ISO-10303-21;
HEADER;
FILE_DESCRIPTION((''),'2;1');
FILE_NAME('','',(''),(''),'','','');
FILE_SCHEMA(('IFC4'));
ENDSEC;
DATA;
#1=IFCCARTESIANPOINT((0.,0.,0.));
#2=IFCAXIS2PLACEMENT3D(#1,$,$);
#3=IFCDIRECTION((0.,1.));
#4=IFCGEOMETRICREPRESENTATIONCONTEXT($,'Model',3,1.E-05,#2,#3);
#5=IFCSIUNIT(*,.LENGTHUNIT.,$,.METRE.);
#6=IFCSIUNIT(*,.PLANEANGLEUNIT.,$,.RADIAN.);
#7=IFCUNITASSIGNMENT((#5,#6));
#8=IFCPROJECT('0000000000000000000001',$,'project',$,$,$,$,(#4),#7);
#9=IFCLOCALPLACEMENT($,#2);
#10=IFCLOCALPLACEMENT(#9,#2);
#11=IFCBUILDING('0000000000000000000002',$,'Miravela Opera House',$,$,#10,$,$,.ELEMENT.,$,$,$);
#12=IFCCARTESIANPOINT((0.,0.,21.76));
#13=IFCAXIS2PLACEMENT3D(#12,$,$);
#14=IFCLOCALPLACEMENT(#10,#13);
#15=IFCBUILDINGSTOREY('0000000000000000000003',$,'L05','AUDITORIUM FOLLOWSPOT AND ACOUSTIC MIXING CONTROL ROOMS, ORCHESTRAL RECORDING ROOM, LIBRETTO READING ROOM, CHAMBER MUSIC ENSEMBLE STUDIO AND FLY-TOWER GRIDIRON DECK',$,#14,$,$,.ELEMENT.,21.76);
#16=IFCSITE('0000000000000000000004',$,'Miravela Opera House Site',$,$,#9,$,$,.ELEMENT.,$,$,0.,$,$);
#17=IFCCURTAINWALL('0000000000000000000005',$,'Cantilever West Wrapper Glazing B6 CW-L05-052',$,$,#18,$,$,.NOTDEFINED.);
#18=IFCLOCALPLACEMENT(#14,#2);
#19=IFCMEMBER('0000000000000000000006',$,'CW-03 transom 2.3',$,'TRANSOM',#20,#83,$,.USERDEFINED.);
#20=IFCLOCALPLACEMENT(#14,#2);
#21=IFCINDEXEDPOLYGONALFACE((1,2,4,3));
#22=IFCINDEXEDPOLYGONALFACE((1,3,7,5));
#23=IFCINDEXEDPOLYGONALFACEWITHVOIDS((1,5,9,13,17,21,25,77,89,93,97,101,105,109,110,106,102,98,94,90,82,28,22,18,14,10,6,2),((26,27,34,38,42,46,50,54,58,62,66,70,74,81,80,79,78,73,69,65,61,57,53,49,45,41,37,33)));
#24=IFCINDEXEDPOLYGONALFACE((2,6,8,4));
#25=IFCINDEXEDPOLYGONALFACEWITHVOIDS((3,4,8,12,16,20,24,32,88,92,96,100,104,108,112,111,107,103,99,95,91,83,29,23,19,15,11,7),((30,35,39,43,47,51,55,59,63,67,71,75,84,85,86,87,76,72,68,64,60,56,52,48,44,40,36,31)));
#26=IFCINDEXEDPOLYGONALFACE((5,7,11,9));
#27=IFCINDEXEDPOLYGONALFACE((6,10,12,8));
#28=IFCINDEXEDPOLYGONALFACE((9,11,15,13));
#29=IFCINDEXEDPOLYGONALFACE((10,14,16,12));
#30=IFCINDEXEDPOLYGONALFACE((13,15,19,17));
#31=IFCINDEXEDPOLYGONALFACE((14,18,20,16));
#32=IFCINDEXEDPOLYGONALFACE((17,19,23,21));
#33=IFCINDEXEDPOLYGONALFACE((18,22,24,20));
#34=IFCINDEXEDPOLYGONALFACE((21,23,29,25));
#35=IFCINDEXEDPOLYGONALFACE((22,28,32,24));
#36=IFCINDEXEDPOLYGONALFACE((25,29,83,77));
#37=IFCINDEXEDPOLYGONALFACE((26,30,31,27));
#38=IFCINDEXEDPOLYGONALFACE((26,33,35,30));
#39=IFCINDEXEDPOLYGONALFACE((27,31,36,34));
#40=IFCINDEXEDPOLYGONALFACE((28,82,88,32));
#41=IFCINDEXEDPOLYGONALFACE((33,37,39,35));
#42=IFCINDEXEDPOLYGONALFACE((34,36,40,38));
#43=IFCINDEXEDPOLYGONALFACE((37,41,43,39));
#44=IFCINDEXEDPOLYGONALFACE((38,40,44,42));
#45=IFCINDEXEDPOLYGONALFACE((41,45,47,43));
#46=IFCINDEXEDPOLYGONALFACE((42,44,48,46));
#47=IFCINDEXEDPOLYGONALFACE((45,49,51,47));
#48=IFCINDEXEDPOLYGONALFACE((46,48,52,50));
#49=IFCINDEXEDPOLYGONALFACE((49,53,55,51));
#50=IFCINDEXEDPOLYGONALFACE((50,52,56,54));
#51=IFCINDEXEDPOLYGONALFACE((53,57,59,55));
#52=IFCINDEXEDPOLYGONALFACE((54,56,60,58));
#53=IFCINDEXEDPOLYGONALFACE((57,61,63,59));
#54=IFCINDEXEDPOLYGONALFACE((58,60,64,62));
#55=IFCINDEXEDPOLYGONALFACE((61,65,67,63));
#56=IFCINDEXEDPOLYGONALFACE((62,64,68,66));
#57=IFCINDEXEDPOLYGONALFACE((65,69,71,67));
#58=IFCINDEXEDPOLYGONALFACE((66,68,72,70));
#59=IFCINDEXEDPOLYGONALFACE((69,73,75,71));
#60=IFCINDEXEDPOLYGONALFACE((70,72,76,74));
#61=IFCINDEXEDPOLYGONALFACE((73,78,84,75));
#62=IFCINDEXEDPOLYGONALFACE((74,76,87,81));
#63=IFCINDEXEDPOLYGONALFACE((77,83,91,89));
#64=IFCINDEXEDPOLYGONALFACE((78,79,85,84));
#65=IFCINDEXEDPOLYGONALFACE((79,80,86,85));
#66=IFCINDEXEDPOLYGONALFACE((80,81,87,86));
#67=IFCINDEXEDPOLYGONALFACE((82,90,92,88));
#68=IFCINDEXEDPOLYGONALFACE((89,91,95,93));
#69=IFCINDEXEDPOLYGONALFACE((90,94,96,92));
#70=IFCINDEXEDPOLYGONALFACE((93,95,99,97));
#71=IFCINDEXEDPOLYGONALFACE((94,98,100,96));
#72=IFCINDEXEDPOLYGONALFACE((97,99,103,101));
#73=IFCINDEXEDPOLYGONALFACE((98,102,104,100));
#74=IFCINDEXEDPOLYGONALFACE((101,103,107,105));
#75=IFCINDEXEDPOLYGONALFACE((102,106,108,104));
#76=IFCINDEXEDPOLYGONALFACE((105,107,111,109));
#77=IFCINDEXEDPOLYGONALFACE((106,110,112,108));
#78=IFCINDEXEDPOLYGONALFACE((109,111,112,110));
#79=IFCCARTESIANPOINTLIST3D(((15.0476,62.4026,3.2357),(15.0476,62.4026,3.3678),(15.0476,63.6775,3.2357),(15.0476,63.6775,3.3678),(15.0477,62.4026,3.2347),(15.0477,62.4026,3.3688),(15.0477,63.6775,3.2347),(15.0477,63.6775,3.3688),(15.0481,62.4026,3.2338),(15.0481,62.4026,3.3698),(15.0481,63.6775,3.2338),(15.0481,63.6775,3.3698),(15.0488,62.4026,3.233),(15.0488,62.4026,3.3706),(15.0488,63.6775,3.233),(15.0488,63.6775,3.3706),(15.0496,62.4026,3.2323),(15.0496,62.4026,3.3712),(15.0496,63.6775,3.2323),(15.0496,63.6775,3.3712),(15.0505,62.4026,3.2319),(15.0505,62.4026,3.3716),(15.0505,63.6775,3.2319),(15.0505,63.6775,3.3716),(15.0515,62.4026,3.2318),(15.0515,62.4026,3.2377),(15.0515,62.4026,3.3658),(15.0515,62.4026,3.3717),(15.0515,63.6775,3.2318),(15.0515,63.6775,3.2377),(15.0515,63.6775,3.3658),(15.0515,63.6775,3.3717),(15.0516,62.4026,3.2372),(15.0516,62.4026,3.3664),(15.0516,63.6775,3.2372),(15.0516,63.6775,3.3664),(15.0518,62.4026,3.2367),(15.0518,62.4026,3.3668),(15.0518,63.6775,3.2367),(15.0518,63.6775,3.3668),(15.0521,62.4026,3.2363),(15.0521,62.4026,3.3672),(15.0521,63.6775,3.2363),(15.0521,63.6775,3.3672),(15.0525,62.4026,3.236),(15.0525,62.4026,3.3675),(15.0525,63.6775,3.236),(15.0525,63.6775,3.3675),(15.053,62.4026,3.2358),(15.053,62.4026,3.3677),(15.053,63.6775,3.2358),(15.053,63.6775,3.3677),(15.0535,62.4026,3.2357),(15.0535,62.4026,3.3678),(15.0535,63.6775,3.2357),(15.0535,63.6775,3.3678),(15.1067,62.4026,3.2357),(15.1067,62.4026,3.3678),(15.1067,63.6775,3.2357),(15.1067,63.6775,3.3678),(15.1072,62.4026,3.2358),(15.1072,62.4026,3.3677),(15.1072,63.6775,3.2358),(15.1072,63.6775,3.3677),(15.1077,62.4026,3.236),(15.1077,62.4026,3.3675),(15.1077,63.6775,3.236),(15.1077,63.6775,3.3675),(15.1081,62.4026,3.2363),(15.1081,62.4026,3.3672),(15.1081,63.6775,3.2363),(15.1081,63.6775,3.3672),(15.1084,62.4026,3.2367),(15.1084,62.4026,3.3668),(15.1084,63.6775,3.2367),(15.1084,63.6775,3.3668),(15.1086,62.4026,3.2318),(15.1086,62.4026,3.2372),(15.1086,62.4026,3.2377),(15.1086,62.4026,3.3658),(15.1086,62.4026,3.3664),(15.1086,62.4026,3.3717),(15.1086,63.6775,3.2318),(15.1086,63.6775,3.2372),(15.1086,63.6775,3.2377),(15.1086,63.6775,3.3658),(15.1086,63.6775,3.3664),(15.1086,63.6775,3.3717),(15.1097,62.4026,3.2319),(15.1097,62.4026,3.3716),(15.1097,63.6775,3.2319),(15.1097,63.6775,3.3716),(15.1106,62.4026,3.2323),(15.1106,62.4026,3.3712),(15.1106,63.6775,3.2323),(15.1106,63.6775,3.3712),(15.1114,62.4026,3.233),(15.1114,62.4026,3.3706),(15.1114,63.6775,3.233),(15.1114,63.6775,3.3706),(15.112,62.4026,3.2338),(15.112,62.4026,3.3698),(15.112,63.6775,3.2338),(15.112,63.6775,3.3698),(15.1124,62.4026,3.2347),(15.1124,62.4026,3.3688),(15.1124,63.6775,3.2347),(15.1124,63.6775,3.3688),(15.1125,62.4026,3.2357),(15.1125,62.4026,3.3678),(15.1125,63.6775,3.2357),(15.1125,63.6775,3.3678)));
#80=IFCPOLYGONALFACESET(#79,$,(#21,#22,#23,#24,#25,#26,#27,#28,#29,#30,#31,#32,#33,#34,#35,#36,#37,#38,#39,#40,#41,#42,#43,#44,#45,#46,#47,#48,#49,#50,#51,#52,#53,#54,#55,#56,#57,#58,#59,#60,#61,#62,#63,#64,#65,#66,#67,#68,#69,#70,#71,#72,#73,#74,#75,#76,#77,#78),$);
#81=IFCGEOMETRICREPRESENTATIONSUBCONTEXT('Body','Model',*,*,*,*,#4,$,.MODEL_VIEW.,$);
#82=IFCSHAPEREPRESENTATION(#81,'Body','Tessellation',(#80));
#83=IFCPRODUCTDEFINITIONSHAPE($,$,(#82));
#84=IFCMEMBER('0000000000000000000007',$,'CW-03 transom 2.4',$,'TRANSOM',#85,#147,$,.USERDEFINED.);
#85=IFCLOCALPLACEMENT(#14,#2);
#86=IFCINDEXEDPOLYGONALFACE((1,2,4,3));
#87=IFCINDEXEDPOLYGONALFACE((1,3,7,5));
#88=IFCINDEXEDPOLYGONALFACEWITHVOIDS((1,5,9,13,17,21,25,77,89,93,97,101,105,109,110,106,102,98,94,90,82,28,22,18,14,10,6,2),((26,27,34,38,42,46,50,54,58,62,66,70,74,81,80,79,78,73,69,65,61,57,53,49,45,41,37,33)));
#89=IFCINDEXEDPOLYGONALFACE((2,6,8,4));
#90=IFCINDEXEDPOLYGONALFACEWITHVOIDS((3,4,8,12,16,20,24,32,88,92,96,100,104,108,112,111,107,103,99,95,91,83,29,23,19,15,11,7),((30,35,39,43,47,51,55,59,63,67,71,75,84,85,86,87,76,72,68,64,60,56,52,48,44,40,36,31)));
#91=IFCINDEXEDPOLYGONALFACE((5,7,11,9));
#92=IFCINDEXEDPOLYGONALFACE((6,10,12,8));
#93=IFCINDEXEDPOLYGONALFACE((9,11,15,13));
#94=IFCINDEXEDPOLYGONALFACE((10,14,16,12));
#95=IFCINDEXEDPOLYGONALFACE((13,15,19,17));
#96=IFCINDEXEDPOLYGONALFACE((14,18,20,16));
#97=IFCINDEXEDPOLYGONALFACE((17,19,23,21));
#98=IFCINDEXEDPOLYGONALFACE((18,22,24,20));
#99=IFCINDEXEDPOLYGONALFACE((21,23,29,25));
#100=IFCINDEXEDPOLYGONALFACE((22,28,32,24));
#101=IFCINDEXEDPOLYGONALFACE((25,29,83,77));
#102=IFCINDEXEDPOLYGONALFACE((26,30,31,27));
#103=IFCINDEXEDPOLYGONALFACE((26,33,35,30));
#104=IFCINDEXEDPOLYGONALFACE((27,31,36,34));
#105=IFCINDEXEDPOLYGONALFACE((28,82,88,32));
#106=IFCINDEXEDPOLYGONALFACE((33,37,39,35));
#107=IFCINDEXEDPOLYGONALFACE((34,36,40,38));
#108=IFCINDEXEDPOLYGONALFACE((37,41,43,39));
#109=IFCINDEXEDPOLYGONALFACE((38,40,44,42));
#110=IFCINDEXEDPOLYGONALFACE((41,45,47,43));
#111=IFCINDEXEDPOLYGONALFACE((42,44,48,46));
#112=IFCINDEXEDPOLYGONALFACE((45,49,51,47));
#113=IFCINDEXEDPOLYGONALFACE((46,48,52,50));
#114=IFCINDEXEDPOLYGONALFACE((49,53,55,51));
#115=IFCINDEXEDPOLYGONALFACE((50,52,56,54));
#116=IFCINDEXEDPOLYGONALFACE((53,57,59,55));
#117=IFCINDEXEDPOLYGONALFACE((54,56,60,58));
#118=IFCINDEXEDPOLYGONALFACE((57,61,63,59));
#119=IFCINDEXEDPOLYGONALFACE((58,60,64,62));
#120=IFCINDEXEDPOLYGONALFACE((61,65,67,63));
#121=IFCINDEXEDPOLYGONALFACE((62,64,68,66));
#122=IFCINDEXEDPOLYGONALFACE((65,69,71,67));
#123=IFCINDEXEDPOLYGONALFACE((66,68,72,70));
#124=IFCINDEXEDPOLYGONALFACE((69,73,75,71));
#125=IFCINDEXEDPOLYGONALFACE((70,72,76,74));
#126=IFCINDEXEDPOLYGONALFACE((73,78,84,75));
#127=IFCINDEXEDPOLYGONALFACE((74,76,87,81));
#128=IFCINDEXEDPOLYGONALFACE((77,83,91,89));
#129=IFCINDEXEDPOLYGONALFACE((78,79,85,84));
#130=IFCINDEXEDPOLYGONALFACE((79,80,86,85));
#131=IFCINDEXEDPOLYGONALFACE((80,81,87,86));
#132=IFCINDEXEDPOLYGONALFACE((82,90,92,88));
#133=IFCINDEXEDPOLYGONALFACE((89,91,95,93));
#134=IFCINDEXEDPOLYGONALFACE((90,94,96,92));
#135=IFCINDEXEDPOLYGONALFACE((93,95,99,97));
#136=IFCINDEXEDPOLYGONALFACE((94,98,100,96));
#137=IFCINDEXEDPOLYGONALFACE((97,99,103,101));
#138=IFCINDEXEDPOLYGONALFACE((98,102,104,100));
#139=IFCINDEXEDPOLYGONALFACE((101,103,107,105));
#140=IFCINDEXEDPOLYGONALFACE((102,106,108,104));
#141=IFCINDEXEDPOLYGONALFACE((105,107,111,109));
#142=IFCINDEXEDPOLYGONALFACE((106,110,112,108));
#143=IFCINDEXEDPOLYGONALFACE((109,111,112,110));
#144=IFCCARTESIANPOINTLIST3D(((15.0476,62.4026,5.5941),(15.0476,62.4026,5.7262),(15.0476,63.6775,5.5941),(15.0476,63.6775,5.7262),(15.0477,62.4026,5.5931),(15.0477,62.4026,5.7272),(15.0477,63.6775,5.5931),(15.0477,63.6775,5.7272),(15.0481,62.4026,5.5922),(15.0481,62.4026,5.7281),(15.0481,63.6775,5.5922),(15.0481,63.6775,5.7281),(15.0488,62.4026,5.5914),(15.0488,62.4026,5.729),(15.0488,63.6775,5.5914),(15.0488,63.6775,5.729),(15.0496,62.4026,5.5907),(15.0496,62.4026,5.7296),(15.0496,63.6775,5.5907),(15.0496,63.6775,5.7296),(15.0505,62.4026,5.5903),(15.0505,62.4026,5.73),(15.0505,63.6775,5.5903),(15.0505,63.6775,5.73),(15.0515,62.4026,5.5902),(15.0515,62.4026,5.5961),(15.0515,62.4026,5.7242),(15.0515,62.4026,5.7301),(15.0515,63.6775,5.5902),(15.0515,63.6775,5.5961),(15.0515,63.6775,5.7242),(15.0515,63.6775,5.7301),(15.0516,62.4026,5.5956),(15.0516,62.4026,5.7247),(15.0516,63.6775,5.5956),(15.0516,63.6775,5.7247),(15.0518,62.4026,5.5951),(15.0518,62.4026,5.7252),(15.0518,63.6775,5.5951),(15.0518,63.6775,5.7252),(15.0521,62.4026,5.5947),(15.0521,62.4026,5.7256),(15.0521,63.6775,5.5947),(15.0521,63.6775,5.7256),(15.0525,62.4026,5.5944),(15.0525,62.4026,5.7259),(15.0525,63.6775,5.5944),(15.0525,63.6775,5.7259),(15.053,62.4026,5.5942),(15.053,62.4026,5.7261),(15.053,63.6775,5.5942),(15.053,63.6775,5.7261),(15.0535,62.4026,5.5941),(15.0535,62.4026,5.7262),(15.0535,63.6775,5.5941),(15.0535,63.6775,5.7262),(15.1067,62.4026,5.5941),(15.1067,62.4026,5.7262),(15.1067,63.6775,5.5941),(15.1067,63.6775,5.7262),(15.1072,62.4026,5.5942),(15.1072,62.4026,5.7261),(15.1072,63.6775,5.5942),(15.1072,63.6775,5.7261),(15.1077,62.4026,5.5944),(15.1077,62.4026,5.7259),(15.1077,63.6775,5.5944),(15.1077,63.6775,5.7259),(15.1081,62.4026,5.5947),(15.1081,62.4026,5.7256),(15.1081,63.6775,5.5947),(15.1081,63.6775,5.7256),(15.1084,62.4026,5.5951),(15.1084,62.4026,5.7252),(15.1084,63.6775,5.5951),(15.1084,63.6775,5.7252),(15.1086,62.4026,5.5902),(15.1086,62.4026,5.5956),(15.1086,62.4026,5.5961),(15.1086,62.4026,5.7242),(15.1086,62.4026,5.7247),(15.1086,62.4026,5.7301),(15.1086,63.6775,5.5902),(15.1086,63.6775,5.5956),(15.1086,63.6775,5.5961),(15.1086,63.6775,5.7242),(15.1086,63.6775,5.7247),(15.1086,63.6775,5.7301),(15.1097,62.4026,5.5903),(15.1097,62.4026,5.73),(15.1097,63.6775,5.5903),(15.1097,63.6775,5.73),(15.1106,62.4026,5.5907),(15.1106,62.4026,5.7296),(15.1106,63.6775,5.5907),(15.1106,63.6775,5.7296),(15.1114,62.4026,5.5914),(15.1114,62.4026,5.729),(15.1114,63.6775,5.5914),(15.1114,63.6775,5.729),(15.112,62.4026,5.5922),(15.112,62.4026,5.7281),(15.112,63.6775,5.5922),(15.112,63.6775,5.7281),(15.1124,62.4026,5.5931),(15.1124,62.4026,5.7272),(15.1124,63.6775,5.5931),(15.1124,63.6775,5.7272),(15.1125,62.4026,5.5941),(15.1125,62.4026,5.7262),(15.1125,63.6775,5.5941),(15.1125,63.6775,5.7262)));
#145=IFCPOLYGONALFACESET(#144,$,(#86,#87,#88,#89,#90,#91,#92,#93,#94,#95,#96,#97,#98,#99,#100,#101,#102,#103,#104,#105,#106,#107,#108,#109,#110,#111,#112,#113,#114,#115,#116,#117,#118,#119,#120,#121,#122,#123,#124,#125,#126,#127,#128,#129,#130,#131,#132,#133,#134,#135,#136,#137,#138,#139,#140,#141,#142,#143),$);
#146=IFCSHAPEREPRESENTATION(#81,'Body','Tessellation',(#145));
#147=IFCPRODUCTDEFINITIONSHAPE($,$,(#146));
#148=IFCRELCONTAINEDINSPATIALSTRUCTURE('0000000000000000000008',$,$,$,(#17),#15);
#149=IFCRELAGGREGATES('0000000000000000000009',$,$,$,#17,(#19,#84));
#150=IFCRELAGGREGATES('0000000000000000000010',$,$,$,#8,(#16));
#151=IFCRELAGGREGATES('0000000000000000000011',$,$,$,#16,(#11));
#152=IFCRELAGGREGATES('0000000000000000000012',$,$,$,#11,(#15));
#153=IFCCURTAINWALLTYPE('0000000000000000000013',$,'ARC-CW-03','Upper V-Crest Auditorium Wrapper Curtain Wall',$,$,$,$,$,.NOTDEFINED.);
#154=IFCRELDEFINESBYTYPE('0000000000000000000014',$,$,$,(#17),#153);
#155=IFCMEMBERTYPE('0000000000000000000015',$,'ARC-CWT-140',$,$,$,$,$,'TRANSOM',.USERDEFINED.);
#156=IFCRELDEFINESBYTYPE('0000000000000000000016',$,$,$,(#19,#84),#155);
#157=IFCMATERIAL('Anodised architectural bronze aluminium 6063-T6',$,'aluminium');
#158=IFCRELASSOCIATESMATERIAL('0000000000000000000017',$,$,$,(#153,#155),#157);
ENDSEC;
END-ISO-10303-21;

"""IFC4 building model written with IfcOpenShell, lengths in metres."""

from ifc_helpers import new_model, si_unit, direction, frame, origin, origin_2d, place, context, subcontext, project, spatial, hollow_rectangle, extrude, material, material_profile, profile_set, type_object, element, aggregate, save


model = new_model("IFC4")

# Units and contexts
model_context = context("Model", 3, precision=1e-05, world=origin(), true_north=direction((0.0, 1.0)))
body_context = subcontext(model_context, "Body", "Model", "MODEL_VIEW")
ifc_project = project(units=[si_unit("LENGTHUNIT", "METRE"), si_unit("PLANEANGLEUNIT", "RADIAN")], contexts=[model_context])

# Site, building, storey
site_placement = place(None, origin())
site = spatial("IfcSite", under=ifc_project, at=site_placement, Name="Miravela Opera House Site", CompositionType="ELEMENT", RefElevation=0.0)
building_placement = place(site_placement, origin())
building = spatial("IfcBuilding", under=site, at=building_placement, Name="Miravela Opera House", CompositionType="ELEMENT")
storey_placement = place(building_placement, frame((0.0, 0.0, 21.76)))
storey = spatial("IfcBuildingStorey", under=building, at=storey_placement, Name="L05", Description="AUDITORIUM FOLLOWSPOT AND ACOUSTIC MIXING CONTROL ROOMS, ORCHESTRAL RECORDING ROOM, LIBRETTO READING ROOM, CHAMBER MUSIC ENSEMBLE STUDIO AND FLY-TOWER GRIDIRON DECK", CompositionType="ELEMENT", Elevation=21.76)

# Curtain wall, members
ifc_material_1 = material(Name="Anodised architectural bronze aluminium 6063-T6", Category="aluminium")
curtain_wall_type = type_object("IfcCurtainWallType", Name="ARC-CW-03", Description="Upper V-Crest Auditorium Wrapper Curtain Wall", PredefinedType="NOTDEFINED", material=ifc_material_1)
curtain_wall_1_placement = place(storey_placement, origin())
curtain_wall_1 = element("IfcCurtainWall", 1, at=curtain_wall_1_placement, inside=storey, type_object=curtain_wall_type, Name="Cantilever West Wrapper Glazing B6 CW-L05-052", PredefinedType="NOTDEFINED")
ifc_material_profile_1 = material_profile(ifc_material_1, hollow_rectangle(XDim=0.0649, YDim=0.1399, WallThickness=0.0039, InnerFilletRadius=0.002, OuterFilletRadius=0.0039, at=origin_2d()), Name="CWT-65X140")
ifc_profile_set_1 = profile_set([ifc_material_profile_1])
member_type_1 = type_object("IfcMemberType", Name="ARC-CWT-140", ElementType="TRANSOM", PredefinedType="USERDEFINED", material=ifc_profile_set_1)
member_1_placement = place(storey_placement, frame((15.0801, 62.4026, 3.3018), z_axis=(0.0, 1.0, 0.0), x_axis=(-1.0, 0.0, 0.0)))
member_1 = element("IfcMember", 2, at=member_1_placement, type_object=member_type_1, Name="CW-03 transom 2.3", ObjectType="TRANSOM", PredefinedType="USERDEFINED", context=body_context, shape_type="SweptSolid", body=[
    extrude(hollow_rectangle(XDim=0.0649, YDim=0.1399, WallThickness=0.0039, InnerFilletRadius=0.002, OuterFilletRadius=0.0039, at=origin_2d()), origin(), (0.0, 0.0, 1.0), 1.2749),
])
member_2_placement = place(storey_placement, frame((15.0801, 62.4026, 5.6602), z_axis=(0.0, 1.0, 0.0), x_axis=(-1.0, 0.0, 0.0)))
member_2 = element("IfcMember", 3, at=member_2_placement, type_object=member_type_1, Name="CW-03 transom 2.4", ObjectType="TRANSOM", PredefinedType="USERDEFINED", context=body_context, shape_type="SweptSolid", body=[
    extrude(hollow_rectangle(XDim=0.0649, YDim=0.1399, WallThickness=0.0039, InnerFilletRadius=0.002, OuterFilletRadius=0.0039, at=origin_2d()), origin(), (0.0, 0.0, 1.0), 1.2749),
])

aggregate(curtain_wall_1, [member_1, member_2])

save(model, "model.ifc")
